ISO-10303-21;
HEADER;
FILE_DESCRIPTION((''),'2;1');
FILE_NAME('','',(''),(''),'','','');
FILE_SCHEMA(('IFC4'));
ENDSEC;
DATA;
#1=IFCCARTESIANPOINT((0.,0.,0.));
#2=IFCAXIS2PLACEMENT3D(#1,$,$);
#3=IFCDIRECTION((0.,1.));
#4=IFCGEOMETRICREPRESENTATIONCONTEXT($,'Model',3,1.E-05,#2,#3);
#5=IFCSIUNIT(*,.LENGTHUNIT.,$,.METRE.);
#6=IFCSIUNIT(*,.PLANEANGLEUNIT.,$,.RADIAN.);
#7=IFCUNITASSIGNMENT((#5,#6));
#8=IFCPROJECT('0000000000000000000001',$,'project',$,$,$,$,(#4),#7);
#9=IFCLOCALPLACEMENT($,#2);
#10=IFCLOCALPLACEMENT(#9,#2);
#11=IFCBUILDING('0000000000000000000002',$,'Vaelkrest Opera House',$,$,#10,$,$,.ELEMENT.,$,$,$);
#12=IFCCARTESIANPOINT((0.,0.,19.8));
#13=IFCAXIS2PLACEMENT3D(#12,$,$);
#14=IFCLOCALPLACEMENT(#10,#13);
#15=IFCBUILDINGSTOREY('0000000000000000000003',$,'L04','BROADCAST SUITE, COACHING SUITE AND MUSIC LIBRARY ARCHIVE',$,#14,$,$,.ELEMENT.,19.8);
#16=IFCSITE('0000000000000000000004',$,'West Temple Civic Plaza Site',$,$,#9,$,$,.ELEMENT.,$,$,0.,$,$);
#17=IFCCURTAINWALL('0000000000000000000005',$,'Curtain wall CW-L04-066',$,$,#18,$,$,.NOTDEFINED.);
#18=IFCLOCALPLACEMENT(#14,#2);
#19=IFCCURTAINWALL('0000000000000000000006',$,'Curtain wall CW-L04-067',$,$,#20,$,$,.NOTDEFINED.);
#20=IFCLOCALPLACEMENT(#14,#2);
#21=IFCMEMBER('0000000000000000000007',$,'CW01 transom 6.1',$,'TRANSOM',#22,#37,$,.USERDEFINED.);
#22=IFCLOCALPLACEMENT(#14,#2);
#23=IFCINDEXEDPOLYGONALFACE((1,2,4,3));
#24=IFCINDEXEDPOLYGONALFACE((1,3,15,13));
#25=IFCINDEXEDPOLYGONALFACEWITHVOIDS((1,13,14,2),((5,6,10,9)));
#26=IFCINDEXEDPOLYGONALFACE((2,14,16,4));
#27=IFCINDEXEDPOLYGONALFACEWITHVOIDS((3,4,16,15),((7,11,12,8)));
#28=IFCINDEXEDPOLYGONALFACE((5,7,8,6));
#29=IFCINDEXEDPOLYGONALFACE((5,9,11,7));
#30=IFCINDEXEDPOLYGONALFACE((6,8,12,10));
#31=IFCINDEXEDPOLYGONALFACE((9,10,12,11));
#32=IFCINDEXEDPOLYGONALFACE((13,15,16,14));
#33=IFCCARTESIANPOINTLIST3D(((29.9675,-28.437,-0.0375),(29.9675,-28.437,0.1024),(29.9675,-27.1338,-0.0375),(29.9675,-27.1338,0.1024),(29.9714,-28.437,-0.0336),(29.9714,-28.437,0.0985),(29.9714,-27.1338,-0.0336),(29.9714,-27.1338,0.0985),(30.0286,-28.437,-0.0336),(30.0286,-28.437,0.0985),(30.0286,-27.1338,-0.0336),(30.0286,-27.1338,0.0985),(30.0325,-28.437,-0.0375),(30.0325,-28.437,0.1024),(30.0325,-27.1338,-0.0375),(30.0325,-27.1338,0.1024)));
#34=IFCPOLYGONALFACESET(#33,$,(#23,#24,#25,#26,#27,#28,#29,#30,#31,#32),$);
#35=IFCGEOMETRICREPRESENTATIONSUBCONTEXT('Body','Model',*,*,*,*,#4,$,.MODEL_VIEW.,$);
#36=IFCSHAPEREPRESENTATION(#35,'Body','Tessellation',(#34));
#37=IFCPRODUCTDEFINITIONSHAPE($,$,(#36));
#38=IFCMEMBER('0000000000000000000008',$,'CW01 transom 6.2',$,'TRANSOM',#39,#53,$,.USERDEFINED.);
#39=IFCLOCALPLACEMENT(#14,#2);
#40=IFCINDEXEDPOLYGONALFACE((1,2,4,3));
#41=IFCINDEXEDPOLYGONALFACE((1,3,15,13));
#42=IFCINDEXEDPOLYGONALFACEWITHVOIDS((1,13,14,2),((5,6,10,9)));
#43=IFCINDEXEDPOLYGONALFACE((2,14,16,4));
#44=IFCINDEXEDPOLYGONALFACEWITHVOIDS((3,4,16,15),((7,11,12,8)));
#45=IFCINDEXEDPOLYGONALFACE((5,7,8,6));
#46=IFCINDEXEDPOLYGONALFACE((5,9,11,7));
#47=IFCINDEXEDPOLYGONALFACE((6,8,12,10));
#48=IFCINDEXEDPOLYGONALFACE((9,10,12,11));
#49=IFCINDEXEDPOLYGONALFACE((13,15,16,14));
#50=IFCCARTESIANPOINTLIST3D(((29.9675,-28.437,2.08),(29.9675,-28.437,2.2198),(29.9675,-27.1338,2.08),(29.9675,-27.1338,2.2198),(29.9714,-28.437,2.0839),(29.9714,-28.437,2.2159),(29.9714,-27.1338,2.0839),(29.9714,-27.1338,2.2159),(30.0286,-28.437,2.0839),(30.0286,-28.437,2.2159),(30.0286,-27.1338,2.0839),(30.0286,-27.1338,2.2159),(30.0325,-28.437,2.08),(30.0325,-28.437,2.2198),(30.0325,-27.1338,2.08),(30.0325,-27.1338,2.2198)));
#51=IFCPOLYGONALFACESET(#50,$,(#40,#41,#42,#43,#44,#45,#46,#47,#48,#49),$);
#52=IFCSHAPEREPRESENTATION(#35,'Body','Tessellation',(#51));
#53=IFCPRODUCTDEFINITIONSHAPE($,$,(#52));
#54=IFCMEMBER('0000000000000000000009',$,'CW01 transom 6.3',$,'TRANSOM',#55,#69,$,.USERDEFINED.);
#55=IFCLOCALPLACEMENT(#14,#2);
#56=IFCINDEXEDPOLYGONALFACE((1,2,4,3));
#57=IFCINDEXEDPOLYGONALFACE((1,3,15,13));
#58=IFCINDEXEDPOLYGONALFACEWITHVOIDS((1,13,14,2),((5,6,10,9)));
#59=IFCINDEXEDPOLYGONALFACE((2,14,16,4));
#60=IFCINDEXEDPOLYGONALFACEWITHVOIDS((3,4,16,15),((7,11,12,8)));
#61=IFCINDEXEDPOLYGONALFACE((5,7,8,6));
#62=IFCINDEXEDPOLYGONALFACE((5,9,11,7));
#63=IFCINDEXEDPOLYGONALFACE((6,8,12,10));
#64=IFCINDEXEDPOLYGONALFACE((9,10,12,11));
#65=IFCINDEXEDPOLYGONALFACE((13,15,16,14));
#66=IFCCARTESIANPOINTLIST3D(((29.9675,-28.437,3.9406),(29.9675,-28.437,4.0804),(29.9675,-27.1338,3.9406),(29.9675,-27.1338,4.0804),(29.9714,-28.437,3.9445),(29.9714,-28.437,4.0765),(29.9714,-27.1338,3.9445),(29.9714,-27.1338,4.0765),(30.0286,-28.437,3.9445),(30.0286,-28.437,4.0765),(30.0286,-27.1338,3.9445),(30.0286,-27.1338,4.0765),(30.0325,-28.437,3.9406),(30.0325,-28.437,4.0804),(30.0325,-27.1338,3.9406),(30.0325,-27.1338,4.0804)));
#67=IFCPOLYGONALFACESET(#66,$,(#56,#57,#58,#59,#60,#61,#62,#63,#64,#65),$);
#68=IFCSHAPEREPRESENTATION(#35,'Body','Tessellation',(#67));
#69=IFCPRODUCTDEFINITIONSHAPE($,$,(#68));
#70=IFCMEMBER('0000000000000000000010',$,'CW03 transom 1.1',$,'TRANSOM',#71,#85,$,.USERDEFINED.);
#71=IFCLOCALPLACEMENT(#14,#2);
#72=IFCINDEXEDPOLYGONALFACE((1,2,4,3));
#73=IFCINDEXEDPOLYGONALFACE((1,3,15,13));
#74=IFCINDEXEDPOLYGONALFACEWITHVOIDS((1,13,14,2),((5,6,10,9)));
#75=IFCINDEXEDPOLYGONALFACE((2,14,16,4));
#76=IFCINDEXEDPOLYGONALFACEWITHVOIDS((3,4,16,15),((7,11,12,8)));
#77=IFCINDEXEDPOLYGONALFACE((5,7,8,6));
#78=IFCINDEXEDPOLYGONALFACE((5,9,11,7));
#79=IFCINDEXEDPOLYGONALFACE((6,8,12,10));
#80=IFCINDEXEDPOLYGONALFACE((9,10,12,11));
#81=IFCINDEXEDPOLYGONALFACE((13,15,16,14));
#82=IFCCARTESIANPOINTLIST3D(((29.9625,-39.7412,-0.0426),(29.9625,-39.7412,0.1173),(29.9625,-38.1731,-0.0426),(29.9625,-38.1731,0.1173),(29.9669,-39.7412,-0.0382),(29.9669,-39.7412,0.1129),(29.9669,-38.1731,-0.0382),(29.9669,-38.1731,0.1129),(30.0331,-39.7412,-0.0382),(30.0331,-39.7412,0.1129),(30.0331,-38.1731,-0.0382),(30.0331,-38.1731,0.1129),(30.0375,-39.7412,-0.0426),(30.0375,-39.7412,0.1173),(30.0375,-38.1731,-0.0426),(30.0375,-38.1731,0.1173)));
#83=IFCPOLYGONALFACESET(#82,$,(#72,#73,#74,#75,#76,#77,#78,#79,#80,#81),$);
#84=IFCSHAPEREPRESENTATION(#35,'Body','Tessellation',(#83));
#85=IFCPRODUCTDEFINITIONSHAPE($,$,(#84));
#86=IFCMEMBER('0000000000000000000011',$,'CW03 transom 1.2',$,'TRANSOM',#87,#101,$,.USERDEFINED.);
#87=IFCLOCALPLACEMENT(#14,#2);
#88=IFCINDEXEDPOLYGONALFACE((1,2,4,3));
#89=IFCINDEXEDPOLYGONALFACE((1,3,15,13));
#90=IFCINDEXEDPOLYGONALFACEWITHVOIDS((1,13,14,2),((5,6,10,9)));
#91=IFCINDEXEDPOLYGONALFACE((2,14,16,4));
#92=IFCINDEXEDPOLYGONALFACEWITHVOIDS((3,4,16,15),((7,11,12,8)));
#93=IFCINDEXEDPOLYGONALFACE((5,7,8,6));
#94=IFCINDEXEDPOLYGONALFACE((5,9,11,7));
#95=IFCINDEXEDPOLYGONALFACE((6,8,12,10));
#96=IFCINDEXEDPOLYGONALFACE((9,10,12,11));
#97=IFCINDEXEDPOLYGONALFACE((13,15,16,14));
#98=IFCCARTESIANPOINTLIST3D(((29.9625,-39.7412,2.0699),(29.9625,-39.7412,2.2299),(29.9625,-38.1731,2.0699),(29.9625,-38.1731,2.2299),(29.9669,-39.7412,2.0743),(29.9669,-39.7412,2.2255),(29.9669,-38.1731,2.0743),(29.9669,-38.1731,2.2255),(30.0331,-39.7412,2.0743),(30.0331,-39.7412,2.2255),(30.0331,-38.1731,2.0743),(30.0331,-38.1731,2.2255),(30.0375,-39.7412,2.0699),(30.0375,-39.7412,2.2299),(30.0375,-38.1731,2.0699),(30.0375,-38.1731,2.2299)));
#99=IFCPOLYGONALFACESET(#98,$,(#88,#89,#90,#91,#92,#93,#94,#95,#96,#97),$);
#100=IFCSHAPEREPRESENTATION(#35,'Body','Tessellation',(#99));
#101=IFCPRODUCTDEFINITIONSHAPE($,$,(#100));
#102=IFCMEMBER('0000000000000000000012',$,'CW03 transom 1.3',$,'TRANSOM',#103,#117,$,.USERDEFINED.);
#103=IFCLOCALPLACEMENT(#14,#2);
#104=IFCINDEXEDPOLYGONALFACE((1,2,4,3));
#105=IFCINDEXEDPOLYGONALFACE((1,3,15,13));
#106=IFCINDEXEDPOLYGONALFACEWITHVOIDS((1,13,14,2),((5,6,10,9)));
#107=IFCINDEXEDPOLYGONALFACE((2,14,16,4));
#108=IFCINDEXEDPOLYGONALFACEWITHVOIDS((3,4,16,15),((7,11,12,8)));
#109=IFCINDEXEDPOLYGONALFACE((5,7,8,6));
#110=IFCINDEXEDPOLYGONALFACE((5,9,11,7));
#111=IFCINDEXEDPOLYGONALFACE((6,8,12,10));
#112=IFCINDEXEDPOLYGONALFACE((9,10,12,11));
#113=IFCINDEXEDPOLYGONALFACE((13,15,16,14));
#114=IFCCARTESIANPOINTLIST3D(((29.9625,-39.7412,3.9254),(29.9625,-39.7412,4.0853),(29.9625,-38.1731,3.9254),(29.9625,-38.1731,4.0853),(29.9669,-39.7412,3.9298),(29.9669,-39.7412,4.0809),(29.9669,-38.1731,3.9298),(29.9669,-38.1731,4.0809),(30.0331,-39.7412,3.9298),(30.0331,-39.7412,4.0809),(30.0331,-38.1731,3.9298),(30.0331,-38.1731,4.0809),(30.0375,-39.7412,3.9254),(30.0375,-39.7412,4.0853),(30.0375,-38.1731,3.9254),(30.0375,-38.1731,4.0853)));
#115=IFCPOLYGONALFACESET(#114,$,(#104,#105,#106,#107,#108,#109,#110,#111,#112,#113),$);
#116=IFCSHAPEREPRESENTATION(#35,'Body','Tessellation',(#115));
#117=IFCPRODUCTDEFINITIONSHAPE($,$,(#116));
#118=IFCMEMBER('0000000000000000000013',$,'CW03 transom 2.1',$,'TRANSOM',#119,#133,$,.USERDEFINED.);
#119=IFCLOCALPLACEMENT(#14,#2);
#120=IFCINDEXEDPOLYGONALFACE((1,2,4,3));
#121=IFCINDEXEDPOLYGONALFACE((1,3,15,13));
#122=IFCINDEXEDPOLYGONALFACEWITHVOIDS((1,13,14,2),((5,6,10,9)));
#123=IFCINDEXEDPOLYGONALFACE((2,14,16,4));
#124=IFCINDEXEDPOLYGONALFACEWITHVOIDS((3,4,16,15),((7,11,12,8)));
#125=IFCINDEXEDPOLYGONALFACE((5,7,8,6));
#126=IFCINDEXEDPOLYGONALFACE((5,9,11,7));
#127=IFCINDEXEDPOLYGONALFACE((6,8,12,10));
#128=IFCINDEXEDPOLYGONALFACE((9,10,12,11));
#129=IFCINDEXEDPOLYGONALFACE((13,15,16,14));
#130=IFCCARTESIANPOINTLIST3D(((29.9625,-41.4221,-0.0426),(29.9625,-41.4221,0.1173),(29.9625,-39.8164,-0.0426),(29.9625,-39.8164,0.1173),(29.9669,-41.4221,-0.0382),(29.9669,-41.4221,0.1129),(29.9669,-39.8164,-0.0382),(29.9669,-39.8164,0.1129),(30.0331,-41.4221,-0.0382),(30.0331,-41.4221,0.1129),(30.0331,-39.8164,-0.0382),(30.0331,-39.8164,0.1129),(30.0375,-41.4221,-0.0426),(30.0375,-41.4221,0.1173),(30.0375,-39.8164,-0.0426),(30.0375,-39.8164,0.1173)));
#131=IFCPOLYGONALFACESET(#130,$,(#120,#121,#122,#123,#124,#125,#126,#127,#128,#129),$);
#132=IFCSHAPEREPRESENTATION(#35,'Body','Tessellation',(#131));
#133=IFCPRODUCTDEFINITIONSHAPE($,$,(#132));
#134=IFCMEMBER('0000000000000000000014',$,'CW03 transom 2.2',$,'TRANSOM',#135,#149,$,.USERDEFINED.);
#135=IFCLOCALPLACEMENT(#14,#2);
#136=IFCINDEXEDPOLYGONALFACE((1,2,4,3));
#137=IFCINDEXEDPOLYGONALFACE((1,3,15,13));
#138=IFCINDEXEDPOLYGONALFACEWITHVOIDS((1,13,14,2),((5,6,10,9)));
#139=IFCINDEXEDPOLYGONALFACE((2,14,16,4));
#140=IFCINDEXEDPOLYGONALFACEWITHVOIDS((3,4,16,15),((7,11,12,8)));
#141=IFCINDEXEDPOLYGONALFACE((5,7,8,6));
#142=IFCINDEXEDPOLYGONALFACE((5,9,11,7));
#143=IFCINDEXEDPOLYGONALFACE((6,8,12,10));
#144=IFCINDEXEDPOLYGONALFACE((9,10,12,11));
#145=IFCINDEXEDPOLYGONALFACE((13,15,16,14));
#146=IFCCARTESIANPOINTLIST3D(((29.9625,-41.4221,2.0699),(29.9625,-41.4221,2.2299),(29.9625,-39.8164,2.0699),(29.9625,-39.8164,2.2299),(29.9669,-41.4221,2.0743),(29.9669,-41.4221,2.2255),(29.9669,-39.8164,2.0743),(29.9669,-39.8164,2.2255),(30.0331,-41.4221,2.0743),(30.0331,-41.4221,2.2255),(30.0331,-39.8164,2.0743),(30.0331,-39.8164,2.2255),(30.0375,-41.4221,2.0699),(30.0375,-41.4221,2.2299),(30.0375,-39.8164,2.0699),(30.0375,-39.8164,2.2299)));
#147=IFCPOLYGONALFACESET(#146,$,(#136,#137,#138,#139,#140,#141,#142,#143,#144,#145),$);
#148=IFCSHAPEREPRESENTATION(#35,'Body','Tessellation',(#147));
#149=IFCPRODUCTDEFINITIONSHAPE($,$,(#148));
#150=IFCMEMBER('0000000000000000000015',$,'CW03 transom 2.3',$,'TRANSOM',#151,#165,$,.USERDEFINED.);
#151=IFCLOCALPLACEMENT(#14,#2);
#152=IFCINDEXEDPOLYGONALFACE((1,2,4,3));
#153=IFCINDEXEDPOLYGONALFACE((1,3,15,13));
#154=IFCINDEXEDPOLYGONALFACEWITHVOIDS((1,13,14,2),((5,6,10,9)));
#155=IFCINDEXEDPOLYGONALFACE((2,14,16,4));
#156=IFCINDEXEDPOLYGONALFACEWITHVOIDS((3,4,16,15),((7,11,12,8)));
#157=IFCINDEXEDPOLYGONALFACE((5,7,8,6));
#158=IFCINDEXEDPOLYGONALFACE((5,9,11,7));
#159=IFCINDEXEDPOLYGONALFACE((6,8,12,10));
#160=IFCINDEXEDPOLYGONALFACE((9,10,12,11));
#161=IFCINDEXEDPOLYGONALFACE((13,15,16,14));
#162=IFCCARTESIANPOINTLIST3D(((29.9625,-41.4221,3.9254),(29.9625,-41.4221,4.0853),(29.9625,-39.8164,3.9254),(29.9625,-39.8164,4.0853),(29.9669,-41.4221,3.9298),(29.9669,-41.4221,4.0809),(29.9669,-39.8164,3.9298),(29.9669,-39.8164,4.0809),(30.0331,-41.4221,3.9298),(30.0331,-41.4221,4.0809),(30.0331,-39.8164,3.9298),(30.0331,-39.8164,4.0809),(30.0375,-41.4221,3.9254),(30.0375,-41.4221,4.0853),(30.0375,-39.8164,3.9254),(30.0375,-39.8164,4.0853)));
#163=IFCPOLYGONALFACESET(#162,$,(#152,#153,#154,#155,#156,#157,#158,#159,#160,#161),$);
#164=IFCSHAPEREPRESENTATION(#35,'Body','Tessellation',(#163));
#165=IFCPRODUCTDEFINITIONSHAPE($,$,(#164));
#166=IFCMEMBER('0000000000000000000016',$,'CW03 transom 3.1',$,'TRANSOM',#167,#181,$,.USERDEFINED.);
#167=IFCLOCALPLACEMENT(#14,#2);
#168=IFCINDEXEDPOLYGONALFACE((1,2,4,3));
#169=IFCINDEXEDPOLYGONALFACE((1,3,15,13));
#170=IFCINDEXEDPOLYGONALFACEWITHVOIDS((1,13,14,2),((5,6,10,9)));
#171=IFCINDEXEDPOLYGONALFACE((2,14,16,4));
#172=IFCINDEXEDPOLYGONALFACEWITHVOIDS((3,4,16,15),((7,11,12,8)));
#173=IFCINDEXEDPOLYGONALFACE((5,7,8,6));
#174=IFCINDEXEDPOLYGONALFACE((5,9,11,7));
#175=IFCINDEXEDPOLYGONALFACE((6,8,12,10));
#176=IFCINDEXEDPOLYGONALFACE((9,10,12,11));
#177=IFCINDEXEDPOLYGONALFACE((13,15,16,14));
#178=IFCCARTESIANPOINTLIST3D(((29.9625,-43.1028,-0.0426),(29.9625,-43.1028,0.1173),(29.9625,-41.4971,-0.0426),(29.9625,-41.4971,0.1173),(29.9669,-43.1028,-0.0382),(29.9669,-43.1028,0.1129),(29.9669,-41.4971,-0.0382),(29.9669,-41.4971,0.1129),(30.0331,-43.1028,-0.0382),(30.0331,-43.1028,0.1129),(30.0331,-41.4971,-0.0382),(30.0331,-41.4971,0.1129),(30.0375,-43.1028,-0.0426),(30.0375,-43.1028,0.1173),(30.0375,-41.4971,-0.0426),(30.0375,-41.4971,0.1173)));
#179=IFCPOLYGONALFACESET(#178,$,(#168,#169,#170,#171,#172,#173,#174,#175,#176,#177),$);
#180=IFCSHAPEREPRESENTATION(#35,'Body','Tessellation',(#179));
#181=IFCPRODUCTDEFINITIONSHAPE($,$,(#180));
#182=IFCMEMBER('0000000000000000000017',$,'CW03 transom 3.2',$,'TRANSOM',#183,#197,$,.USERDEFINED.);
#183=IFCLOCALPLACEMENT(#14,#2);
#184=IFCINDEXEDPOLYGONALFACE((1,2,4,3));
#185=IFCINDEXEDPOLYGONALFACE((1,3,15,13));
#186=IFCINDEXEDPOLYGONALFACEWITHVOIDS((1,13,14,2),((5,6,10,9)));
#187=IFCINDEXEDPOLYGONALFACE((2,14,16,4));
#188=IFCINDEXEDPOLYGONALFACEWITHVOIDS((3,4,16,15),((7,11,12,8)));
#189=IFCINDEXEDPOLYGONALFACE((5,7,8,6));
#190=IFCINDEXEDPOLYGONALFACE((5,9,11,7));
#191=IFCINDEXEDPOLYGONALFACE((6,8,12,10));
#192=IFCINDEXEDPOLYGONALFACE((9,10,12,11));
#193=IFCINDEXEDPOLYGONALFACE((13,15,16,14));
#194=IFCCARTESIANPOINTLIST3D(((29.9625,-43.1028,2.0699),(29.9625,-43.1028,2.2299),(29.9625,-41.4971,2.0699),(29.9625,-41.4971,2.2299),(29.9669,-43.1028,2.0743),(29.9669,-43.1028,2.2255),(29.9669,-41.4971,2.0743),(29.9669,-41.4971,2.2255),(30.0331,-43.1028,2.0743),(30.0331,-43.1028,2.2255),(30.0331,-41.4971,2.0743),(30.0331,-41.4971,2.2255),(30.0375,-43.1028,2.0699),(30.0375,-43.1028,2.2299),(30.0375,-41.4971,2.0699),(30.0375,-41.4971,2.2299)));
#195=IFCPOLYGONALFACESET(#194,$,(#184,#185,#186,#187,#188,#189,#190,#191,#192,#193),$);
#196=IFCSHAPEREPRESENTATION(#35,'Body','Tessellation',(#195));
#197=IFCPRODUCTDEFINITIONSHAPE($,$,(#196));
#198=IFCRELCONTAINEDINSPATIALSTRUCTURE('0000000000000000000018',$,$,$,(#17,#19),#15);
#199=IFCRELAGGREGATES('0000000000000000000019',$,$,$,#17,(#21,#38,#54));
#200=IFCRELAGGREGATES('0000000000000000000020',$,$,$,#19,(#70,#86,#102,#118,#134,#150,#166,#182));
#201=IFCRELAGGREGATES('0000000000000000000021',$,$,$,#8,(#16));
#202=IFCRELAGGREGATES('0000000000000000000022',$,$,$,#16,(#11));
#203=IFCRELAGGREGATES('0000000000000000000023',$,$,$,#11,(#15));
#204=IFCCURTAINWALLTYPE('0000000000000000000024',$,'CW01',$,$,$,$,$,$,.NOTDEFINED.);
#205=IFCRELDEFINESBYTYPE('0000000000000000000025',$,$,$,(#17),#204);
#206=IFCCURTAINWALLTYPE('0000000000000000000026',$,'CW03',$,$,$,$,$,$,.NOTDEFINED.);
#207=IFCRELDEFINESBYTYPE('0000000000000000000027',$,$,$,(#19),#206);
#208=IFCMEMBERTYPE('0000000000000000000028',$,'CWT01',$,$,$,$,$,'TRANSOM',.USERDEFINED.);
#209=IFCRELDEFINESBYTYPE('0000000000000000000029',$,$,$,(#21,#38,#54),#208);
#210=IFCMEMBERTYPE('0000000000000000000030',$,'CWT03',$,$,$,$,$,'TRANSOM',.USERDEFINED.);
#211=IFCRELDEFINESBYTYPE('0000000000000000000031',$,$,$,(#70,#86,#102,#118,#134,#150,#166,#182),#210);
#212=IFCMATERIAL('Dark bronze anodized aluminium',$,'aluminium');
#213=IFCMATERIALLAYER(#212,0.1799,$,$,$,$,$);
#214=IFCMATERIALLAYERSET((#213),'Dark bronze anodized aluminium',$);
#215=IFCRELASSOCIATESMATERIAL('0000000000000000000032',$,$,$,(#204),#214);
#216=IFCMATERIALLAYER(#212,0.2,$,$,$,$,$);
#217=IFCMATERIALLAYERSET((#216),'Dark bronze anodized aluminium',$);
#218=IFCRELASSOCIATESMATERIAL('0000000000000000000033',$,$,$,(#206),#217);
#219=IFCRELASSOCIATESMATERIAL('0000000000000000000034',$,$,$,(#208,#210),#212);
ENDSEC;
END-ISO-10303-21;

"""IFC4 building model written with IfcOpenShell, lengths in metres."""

from ifc_helpers import new_model, si_unit, direction, frame, origin, origin_2d, place, context, subcontext, project, spatial, hollow_rectangle, extrude, material, layer, layer_set, material_profile, profile_set, type_object, element, aggregate, save


model = new_model("IFC4")

# Units and contexts
model_context = context("Model", 3, precision=1e-05, world=origin(), true_north=direction((0.0, 1.0)))
body_context = subcontext(model_context, "Body", "Model", "MODEL_VIEW")
ifc_project = project(units=[si_unit("LENGTHUNIT", "METRE"), si_unit("PLANEANGLEUNIT", "RADIAN")], contexts=[model_context])

# Site, building, storey
site_placement = place(None, origin())
site = spatial("IfcSite", under=ifc_project, at=site_placement, Name="West Temple Civic Plaza Site", CompositionType="ELEMENT", RefElevation=0.0)
building_placement = place(site_placement, origin())
building = spatial("IfcBuilding", under=site, at=building_placement, Name="Vaelkrest Opera House", CompositionType="ELEMENT")
storey_placement = place(building_placement, frame((0.0, 0.0, 19.8)))
storey = spatial("IfcBuildingStorey", under=building, at=storey_placement, Name="L04", Description="BROADCAST SUITE, COACHING SUITE AND MUSIC LIBRARY ARCHIVE", CompositionType="ELEMENT", Elevation=19.8)

# Curtain walls
ifc_material_1 = material(Name="Dark bronze anodized aluminium", Category="aluminium")
ifc_layer_1 = layer(ifc_material_1, 0.1799)
ifc_layer_set_1 = layer_set([ifc_layer_1], Name="Dark bronze anodized aluminium")
curtain_wall_type_1 = type_object("IfcCurtainWallType", Name="CW01", PredefinedType="NOTDEFINED", material=ifc_layer_set_1)
curtain_wall_1_placement = place(storey_placement, origin())
curtain_wall_1 = element("IfcCurtainWall", 1, at=curtain_wall_1_placement, inside=storey, type_object=curtain_wall_type_1, Name="Curtain wall CW-L04-066", PredefinedType="NOTDEFINED")
ifc_layer_2 = layer(ifc_material_1, 0.2)
ifc_layer_set_2 = layer_set([ifc_layer_2], Name="Dark bronze anodized aluminium")
curtain_wall_type_2 = type_object("IfcCurtainWallType", Name="CW03", PredefinedType="NOTDEFINED", material=ifc_layer_set_2)
curtain_wall_2_placement = place(storey_placement, origin())
curtain_wall_2 = element("IfcCurtainWall", 2, at=curtain_wall_2_placement, inside=storey, type_object=curtain_wall_type_2, Name="Curtain wall CW-L04-067", PredefinedType="NOTDEFINED")

# Members
ifc_material_profile_1 = material_profile(ifc_material_1, hollow_rectangle(XDim=0.0649, YDim=0.1399, WallThickness=0.0039, at=origin_2d()), Name="CWT65X140")
ifc_profile_set_1 = profile_set([ifc_material_profile_1], Name="Dark bronze anodized aluminium")
member_type_1 = type_object("IfcMemberType", Name="CWT01", ElementType="TRANSOM", PredefinedType="USERDEFINED", material=ifc_profile_set_1)
member_1_placement = place(storey_placement, frame((30.0, -27.1338, 0.0325), z_axis=(0.0, -1.0, 0.0), x_axis=(1.0, 0.0, 0.0)))
member_1 = element("IfcMember", 3, at=member_1_placement, type_object=member_type_1, Name="CW01 transom 6.1", ObjectType="TRANSOM", PredefinedType="USERDEFINED", context=body_context, shape_type="SweptSolid", body=[
    extrude(hollow_rectangle(XDim=0.0649, YDim=0.1399, WallThickness=0.0039, at=origin_2d()), origin(), (0.0, 0.0, 1.0), 1.3032),
])
member_2_placement = place(storey_placement, frame((30.0, -27.1338, 2.1499), z_axis=(0.0, -1.0, 0.0), x_axis=(1.0, 0.0, 0.0)))
member_2 = element("IfcMember", 4, at=member_2_placement, type_object=member_type_1, Name="CW01 transom 6.2", ObjectType="TRANSOM", PredefinedType="USERDEFINED", context=body_context, shape_type="SweptSolid", body=[
    extrude(hollow_rectangle(XDim=0.0649, YDim=0.1399, WallThickness=0.0039, at=origin_2d()), origin(), (0.0, 0.0, 1.0), 1.3032),
])
member_3_placement = place(storey_placement, frame((30.0, -27.1338, 4.0105), z_axis=(0.0, -1.0, 0.0), x_axis=(1.0, 0.0, 0.0)))
member_3 = element("IfcMember", 5, at=member_3_placement, type_object=member_type_1, Name="CW01 transom 6.3", ObjectType="TRANSOM", PredefinedType="USERDEFINED", context=body_context, shape_type="SweptSolid", body=[
    extrude(hollow_rectangle(XDim=0.0649, YDim=0.1399, WallThickness=0.0039, at=origin_2d()), origin(), (0.0, 0.0, 1.0), 1.3032),
])
ifc_material_profile_2 = material_profile(ifc_material_1, hollow_rectangle(XDim=0.075, YDim=0.1599, WallThickness=0.0044, at=origin_2d()), Name="CWT75X160")
ifc_profile_set_2 = profile_set([ifc_material_profile_2], Name="Dark bronze anodized aluminium")
member_type_2 = type_object("IfcMemberType", Name="CWT03", ElementType="TRANSOM", PredefinedType="USERDEFINED", material=ifc_profile_set_2)
member_4_placement = place(storey_placement, frame((30.0, -38.1731, 0.0374), z_axis=(0.0, -1.0, 0.0), x_axis=(1.0, 0.0, 0.0)))
member_4 = element("IfcMember", 6, at=member_4_placement, type_object=member_type_2, Name="CW03 transom 1.1", ObjectType="TRANSOM", PredefinedType="USERDEFINED", context=body_context, shape_type="SweptSolid", body=[
    extrude(hollow_rectangle(XDim=0.075, YDim=0.1599, WallThickness=0.0044, at=origin_2d()), origin(), (0.0, 0.0, 1.0), 1.5681),
])
member_5_placement = place(storey_placement, frame((30.0, -38.1731, 2.1499), z_axis=(0.0, -1.0, 0.0), x_axis=(1.0, 0.0, 0.0)))
member_5 = element("IfcMember", 7, at=member_5_placement, type_object=member_type_2, Name="CW03 transom 1.2", ObjectType="TRANSOM", PredefinedType="USERDEFINED", context=body_context, shape_type="SweptSolid", body=[
    extrude(hollow_rectangle(XDim=0.075, YDim=0.1599, WallThickness=0.0044, at=origin_2d()), origin(), (0.0, 0.0, 1.0), 1.5681),
])
member_6_placement = place(storey_placement, frame((30.0, -38.1731, 4.0054), z_axis=(0.0, -1.0, 0.0), x_axis=(1.0, 0.0, 0.0)))
member_6 = element("IfcMember", 8, at=member_6_placement, type_object=member_type_2, Name="CW03 transom 1.3", ObjectType="TRANSOM", PredefinedType="USERDEFINED", context=body_context, shape_type="SweptSolid", body=[
    extrude(hollow_rectangle(XDim=0.075, YDim=0.1599, WallThickness=0.0044, at=origin_2d()), origin(), (0.0, 0.0, 1.0), 1.5681),
])
member_7_placement = place(storey_placement, frame((30.0, -39.8164, 0.0374), z_axis=(0.0, -1.0, 0.0), x_axis=(1.0, 0.0, 0.0)))
member_7 = element("IfcMember", 9, at=member_7_placement, type_object=member_type_2, Name="CW03 transom 2.1", ObjectType="TRANSOM", PredefinedType="USERDEFINED", context=body_context, shape_type="SweptSolid", body=[
    extrude(hollow_rectangle(XDim=0.075, YDim=0.1599, WallThickness=0.0044, at=origin_2d()), origin(), (0.0, 0.0, 1.0), 1.6057),
])
member_8_placement = place(storey_placement, frame((30.0, -39.8164, 2.1499), z_axis=(0.0, -1.0, 0.0), x_axis=(1.0, 0.0, 0.0)))
member_8 = element("IfcMember", 10, at=member_8_placement, type_object=member_type_2, Name="CW03 transom 2.2", ObjectType="TRANSOM", PredefinedType="USERDEFINED", context=body_context, shape_type="SweptSolid", body=[
    extrude(hollow_rectangle(XDim=0.075, YDim=0.1599, WallThickness=0.0044, at=origin_2d()), origin(), (0.0, 0.0, 1.0), 1.6057),
])
member_9_placement = place(storey_placement, frame((30.0, -39.8164, 4.0054), z_axis=(0.0, -1.0, 0.0), x_axis=(1.0, 0.0, 0.0)))
member_9 = element("IfcMember", 11, at=member_9_placement, type_object=member_type_2, Name="CW03 transom 2.3", ObjectType="TRANSOM", PredefinedType="USERDEFINED", context=body_context, shape_type="SweptSolid", body=[
    extrude(hollow_rectangle(XDim=0.075, YDim=0.1599, WallThickness=0.0044, at=origin_2d()), origin(), (0.0, 0.0, 1.0), 1.6057),
])
member_10_placement = place(storey_placement, frame((30.0, -41.4971, 0.0374), z_axis=(0.0, -1.0, 0.0), x_axis=(1.0, 0.0, 0.0)))
member_10 = element("IfcMember", 12, at=member_10_placement, type_object=member_type_2, Name="CW03 transom 3.1", ObjectType="TRANSOM", PredefinedType="USERDEFINED", context=body_context, shape_type="SweptSolid", body=[
    extrude(hollow_rectangle(XDim=0.075, YDim=0.1599, WallThickness=0.0044, at=origin_2d()), origin(), (0.0, 0.0, 1.0), 1.6057),
])
member_11_placement = place(storey_placement, frame((30.0, -41.4971, 2.1499), z_axis=(0.0, -1.0, 0.0), x_axis=(1.0, 0.0, 0.0)))
member_11 = element("IfcMember", 13, at=member_11_placement, type_object=member_type_2, Name="CW03 transom 3.2", ObjectType="TRANSOM", PredefinedType="USERDEFINED", context=body_context, shape_type="SweptSolid", body=[
    extrude(hollow_rectangle(XDim=0.075, YDim=0.1599, WallThickness=0.0044, at=origin_2d()), origin(), (0.0, 0.0, 1.0), 1.6057),
])

aggregate(curtain_wall_1, [member_1, member_2, member_3])
aggregate(curtain_wall_2, [member_4, member_5, member_6, member_7, member_8, member_9, member_10, member_11])

save(model, "model.ifc")
